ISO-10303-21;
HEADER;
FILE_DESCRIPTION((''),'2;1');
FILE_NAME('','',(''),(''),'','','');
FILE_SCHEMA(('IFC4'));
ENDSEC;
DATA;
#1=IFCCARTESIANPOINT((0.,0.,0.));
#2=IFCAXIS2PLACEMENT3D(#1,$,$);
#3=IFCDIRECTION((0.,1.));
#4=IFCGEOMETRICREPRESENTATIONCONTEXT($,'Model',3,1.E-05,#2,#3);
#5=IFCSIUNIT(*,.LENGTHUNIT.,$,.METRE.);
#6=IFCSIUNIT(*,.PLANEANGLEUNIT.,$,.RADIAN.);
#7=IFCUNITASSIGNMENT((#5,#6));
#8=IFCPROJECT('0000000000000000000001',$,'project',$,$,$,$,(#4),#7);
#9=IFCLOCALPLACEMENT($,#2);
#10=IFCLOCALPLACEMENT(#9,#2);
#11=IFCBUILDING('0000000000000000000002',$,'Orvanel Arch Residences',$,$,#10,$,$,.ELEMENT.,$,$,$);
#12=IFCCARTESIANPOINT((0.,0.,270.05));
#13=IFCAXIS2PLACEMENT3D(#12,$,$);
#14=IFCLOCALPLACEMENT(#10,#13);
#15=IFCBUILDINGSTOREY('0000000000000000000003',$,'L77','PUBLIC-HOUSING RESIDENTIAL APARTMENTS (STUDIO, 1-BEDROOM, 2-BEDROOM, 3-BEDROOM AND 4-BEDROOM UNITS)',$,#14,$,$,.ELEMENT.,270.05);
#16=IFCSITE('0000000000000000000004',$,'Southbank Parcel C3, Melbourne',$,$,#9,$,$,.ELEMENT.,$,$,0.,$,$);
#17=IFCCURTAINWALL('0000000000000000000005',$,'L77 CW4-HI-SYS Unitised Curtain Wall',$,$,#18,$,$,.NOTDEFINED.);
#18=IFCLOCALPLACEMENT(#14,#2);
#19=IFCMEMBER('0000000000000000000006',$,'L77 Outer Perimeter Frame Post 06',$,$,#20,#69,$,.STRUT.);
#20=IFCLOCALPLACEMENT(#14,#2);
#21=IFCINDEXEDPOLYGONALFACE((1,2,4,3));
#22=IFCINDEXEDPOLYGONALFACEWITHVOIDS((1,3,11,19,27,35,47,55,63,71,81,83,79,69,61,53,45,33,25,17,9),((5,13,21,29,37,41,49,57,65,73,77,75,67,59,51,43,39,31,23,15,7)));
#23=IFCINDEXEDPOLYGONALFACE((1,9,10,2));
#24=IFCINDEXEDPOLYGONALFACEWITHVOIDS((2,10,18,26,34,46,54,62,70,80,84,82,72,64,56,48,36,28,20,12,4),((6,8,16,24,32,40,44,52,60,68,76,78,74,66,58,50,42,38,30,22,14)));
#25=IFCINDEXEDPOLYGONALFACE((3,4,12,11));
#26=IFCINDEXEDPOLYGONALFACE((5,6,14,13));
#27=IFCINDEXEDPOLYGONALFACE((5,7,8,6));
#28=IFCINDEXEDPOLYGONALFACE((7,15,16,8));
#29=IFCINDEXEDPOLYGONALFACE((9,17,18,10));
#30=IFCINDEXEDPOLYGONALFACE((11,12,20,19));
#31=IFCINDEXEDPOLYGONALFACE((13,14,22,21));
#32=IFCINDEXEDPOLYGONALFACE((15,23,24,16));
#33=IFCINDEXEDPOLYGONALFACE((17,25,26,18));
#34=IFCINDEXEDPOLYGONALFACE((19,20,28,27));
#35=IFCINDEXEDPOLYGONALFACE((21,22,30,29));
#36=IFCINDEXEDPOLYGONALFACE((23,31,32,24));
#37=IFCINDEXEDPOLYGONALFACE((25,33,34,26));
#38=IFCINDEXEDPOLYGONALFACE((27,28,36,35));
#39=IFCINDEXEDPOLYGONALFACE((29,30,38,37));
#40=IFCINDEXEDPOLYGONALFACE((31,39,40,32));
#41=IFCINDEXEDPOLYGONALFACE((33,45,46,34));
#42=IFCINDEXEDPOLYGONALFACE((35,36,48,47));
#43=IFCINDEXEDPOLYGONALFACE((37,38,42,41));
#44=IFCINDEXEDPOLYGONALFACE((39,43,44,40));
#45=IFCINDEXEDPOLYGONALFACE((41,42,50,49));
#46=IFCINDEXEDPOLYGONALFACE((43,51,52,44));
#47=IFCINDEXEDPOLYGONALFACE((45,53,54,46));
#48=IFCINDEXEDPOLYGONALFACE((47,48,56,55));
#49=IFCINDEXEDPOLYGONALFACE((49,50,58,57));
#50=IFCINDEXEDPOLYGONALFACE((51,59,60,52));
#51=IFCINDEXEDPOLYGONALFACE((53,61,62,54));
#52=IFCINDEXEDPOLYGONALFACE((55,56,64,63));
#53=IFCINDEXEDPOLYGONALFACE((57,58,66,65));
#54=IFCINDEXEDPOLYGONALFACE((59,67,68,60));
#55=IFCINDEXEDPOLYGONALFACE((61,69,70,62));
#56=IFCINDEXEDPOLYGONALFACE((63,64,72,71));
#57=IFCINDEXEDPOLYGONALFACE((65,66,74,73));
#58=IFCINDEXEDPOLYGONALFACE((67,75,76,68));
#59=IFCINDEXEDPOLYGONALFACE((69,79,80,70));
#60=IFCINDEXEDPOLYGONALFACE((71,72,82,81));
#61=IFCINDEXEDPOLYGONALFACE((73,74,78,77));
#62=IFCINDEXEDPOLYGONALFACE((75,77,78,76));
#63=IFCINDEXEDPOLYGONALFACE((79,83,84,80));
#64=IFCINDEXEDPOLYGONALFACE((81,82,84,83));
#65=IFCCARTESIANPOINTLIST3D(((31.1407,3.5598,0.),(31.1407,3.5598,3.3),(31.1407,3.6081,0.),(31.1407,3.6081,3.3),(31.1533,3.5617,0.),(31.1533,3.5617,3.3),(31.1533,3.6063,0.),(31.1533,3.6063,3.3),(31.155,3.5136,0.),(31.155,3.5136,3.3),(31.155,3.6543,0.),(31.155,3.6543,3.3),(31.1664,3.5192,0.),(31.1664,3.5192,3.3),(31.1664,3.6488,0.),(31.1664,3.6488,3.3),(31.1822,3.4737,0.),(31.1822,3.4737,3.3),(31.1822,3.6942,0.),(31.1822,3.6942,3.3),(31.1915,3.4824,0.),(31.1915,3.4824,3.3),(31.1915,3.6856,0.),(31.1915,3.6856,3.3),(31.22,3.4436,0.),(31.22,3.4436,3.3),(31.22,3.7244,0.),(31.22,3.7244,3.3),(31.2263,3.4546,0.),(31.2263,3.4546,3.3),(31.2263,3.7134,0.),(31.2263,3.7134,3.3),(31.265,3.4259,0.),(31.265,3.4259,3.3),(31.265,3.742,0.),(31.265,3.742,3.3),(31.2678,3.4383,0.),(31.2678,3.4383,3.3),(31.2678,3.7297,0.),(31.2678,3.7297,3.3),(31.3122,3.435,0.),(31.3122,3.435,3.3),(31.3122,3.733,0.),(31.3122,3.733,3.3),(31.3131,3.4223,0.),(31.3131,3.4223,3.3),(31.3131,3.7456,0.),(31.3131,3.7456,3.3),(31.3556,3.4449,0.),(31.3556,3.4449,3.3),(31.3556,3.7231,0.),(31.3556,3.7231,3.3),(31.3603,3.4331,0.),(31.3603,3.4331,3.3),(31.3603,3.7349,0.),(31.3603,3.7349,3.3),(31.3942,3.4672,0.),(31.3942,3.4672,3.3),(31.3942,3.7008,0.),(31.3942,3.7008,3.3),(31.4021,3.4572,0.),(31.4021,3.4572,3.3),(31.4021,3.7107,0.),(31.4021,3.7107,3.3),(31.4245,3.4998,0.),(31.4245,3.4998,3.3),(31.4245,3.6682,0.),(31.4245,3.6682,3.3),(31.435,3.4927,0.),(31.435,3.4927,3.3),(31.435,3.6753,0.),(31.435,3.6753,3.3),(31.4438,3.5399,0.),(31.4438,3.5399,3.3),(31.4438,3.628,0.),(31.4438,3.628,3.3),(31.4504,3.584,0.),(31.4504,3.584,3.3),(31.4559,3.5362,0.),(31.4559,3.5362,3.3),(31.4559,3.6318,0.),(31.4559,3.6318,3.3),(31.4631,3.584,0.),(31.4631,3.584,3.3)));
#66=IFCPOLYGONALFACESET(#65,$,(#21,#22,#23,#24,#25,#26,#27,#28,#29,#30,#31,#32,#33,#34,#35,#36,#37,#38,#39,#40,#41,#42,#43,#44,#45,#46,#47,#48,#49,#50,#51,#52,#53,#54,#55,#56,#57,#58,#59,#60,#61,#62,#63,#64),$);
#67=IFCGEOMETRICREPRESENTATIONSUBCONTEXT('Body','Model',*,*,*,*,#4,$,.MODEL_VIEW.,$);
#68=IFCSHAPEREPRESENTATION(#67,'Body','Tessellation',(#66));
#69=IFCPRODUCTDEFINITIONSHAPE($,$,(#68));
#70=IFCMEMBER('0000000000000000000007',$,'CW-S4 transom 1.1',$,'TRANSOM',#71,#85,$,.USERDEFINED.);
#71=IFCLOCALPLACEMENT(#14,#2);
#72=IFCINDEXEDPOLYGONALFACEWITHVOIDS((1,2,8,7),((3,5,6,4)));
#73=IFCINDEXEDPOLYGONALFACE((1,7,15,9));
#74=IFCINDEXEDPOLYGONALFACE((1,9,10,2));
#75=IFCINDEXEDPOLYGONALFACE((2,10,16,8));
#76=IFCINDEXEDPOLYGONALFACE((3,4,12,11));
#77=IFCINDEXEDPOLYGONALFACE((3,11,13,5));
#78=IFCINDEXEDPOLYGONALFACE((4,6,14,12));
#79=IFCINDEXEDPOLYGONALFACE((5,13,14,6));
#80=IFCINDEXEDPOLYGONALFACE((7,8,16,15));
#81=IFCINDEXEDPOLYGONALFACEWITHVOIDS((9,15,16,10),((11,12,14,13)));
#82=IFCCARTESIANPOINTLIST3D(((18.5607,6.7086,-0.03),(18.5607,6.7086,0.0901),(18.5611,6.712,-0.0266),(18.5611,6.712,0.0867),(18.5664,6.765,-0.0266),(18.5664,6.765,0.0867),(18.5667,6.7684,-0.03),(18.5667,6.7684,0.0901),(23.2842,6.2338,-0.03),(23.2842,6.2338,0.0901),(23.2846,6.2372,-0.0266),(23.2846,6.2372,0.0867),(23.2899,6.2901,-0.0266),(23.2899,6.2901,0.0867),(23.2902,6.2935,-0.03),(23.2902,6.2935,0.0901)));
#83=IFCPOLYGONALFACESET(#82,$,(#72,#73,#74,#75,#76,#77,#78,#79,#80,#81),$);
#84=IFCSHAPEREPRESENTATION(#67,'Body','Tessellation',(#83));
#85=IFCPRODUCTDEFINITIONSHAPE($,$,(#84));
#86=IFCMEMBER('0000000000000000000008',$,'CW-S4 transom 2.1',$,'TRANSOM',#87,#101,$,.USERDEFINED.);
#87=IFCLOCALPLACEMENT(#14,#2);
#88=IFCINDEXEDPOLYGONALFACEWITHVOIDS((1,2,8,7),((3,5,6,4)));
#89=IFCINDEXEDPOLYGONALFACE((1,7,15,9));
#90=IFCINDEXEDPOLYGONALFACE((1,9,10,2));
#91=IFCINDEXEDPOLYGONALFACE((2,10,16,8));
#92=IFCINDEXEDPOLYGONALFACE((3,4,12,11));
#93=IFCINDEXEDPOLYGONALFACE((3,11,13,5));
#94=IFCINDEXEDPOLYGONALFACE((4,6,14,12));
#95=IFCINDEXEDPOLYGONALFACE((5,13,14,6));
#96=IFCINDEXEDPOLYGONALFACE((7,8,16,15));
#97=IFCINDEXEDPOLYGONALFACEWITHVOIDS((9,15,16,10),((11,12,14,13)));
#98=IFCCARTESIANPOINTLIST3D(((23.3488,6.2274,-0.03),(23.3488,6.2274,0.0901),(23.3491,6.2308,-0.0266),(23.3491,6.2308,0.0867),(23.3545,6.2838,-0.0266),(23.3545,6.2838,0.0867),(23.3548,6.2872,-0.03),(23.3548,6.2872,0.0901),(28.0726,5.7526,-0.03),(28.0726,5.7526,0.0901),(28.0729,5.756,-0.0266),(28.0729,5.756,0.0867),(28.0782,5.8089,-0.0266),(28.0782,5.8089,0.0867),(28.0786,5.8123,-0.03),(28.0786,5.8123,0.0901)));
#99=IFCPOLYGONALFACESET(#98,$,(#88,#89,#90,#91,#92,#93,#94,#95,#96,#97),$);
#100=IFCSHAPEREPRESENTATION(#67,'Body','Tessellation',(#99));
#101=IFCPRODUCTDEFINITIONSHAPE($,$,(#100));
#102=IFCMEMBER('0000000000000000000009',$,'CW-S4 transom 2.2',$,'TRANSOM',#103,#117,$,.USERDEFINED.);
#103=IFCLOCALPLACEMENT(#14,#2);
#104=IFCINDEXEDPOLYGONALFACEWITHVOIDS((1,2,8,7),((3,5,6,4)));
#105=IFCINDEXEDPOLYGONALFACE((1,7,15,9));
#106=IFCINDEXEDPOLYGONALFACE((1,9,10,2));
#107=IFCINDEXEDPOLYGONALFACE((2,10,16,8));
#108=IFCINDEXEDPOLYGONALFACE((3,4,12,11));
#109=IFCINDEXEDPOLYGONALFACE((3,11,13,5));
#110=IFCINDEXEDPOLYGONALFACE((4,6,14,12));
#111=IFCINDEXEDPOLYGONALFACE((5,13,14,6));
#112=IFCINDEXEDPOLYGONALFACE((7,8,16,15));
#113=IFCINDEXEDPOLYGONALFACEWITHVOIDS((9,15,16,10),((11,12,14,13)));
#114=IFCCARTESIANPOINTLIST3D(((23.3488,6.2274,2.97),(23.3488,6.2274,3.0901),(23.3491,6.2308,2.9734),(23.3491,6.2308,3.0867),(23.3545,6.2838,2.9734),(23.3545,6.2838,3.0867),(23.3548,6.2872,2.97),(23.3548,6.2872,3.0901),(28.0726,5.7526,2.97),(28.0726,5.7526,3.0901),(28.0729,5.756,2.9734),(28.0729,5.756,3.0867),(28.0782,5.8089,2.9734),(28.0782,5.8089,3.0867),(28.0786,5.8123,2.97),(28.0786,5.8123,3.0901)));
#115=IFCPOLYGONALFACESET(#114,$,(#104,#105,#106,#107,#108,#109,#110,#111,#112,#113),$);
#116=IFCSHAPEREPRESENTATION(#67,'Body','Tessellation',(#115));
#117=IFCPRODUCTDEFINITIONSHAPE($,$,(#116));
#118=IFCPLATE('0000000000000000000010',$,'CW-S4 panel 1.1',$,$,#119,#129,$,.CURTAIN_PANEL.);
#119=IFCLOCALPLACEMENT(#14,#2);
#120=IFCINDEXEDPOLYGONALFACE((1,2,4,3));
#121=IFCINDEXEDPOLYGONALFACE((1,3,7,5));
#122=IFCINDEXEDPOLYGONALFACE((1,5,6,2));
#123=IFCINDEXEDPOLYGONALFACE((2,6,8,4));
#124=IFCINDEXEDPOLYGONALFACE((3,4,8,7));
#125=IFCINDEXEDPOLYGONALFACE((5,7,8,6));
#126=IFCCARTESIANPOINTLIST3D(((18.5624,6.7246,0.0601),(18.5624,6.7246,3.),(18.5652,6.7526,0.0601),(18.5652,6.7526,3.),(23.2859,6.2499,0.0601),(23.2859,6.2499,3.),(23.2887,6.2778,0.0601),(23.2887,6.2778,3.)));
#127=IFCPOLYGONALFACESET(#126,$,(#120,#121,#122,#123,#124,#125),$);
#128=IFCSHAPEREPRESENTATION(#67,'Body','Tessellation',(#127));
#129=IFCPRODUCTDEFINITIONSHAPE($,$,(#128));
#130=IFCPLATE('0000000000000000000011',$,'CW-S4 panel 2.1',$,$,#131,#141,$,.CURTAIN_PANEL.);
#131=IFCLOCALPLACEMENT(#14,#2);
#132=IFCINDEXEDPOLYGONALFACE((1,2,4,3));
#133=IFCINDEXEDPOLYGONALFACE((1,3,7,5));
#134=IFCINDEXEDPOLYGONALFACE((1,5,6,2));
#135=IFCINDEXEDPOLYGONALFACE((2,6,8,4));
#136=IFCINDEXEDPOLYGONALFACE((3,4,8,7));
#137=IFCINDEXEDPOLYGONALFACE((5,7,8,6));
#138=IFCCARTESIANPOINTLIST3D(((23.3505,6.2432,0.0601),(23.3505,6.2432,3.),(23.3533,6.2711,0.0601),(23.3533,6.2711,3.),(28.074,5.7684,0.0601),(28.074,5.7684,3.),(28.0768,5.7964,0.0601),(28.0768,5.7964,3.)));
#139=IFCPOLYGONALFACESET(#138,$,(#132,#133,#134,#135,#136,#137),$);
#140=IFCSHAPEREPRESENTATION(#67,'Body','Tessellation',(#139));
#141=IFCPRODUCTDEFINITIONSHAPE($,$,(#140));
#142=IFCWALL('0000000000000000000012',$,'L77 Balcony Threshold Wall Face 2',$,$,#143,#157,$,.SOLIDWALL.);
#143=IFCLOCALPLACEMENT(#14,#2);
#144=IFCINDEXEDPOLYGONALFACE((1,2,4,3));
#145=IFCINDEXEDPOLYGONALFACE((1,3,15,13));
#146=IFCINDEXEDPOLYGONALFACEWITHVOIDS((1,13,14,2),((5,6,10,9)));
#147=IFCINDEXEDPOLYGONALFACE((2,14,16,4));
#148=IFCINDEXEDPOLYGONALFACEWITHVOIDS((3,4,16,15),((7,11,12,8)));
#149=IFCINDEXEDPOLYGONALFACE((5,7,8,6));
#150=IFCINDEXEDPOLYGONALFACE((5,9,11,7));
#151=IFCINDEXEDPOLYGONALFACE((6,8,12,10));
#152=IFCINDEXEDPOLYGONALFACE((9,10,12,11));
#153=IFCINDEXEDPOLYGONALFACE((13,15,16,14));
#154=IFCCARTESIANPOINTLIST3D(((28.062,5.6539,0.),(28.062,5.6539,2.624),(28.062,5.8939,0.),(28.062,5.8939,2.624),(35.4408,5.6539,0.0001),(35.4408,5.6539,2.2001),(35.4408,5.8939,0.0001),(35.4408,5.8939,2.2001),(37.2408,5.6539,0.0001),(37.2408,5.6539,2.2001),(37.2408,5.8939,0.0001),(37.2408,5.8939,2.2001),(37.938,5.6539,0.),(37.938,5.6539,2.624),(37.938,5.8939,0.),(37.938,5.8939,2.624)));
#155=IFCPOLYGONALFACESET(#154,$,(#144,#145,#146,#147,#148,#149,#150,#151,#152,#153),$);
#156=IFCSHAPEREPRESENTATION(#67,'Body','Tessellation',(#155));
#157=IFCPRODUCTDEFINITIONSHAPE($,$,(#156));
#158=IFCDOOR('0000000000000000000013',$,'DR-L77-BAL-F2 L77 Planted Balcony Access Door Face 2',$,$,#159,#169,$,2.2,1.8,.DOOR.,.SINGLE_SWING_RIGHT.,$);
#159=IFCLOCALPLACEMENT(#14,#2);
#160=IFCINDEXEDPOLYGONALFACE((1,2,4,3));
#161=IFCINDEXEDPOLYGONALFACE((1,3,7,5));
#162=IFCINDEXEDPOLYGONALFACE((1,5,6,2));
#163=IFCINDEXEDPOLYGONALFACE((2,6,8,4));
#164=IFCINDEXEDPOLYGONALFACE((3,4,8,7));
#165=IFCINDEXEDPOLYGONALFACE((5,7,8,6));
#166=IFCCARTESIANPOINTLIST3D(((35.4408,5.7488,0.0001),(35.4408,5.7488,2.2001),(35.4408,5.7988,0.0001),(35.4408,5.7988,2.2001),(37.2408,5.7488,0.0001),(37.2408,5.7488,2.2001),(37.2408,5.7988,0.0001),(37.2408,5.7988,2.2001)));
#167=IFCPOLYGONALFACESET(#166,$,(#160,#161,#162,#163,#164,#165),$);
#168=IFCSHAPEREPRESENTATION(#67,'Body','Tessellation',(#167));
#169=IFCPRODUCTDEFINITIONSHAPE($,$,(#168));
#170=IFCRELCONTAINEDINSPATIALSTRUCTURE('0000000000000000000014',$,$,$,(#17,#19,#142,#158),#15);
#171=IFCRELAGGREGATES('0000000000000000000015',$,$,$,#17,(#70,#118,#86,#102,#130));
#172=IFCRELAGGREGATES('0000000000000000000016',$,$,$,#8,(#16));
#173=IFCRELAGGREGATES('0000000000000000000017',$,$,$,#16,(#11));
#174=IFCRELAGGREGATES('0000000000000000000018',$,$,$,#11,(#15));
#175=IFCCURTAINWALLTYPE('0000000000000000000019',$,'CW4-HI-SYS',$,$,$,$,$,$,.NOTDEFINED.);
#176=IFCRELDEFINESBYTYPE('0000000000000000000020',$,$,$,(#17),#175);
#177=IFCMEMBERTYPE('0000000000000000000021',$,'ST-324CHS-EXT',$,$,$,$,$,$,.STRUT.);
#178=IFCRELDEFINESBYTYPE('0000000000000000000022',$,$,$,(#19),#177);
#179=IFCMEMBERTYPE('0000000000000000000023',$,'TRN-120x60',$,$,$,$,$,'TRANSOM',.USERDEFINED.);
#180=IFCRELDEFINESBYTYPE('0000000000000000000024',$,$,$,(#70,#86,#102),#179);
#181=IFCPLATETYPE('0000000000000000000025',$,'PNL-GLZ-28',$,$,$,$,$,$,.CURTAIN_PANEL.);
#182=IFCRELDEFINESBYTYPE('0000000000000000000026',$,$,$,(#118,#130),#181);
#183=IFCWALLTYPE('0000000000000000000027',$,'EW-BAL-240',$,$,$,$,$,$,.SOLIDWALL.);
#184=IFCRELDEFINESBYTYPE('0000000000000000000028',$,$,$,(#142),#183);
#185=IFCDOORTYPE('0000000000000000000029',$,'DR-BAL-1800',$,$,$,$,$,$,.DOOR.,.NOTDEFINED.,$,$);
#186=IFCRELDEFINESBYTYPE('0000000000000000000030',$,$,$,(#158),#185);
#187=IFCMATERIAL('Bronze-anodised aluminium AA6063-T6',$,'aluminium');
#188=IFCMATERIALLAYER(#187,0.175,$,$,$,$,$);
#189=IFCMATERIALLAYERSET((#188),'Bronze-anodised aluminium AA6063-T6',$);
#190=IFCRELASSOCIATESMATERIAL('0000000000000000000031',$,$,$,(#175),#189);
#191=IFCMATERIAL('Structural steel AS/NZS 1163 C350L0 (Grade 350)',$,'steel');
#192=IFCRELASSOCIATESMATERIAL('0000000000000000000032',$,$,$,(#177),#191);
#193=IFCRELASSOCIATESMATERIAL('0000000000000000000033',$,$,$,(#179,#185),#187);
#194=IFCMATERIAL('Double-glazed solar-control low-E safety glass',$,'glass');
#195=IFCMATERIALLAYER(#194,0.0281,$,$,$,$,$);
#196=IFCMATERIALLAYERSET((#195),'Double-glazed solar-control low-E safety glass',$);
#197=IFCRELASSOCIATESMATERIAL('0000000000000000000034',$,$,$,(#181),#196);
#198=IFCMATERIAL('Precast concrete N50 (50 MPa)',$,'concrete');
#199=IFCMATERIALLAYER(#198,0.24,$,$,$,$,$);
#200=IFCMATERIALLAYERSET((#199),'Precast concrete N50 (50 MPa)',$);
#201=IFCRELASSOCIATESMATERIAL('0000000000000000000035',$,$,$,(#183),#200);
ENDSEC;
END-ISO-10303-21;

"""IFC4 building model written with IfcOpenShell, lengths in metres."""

from ifc_helpers import new_model, si_unit, direction, frame, frame_2d, origin, origin_2d, place, context, subcontext, project, spatial, rectangle, hollow_rectangle, hollow_circle, extrude, material, layer, layer_set, material_profile, profile_set, type_object, element, fill, aggregate, save


model = new_model("IFC4")

# Units and contexts
model_context = context("Model", 3, precision=1e-05, world=origin(), true_north=direction((0.0, 1.0)))
body_context = subcontext(model_context, "Body", "Model", "MODEL_VIEW")
ifc_project = project(units=[si_unit("LENGTHUNIT", "METRE"), si_unit("PLANEANGLEUNIT", "RADIAN")], contexts=[model_context])

# Site, building, storey
site_placement = place(None, origin())
site = spatial("IfcSite", under=ifc_project, at=site_placement, Name="Southbank Parcel C3, Melbourne", CompositionType="ELEMENT", RefElevation=0.0)
building_placement = place(site_placement, origin())
building = spatial("IfcBuilding", under=site, at=building_placement, Name="Orvanel Arch Residences", CompositionType="ELEMENT")
storey_placement = place(building_placement, frame((0.0, 0.0, 270.05)))
storey = spatial("IfcBuildingStorey", under=building, at=storey_placement, Name="L77", Description="PUBLIC-HOUSING RESIDENTIAL APARTMENTS (STUDIO, 1-BEDROOM, 2-BEDROOM, 3-BEDROOM AND 4-BEDROOM UNITS)", CompositionType="ELEMENT", Elevation=270.05)

# Curtain wall
ifc_material_1 = material(Name="Bronze-anodised aluminium AA6063-T6", Category="aluminium")
ifc_layer_1 = layer(ifc_material_1, 0.175)
ifc_layer_set_1 = layer_set([ifc_layer_1], Name="Bronze-anodised aluminium AA6063-T6")
curtain_wall_type = type_object("IfcCurtainWallType", Name="CW4-HI-SYS", PredefinedType="NOTDEFINED", material=ifc_layer_set_1)
curtain_wall_placement = place(storey_placement, origin())
curtain_wall = element("IfcCurtainWall", 1, at=curtain_wall_placement, inside=storey, type_object=curtain_wall_type, Name="L77 CW4-HI-SYS Unitised Curtain Wall", PredefinedType="NOTDEFINED")

# Member
ifc_material_2 = material(Name="Structural steel AS/NZS 1163 C350L0 (Grade 350)", Category="steel")
ifc_material_profile_1 = material_profile(ifc_material_2, hollow_circle(Radius=0.1621, WallThickness=0.0127, at=origin_2d()), Name="CHS324x12.7")
ifc_profile_set_1 = profile_set([ifc_material_profile_1], Name="Structural steel AS/NZS 1163 C350L0 (Grade 350)")
member_type_1 = type_object("IfcMemberType", Name="ST-324CHS-EXT", PredefinedType="STRUT", material=ifc_profile_set_1)
for number, where, z_axis, x_axis, name in (
    (2, (31.301, 3.584, 0.0), (0.0, 0.0, 1.0), (1.0, 0.0, 0.0), "L77 Outer Perimeter Frame Post 06"),
):
    element("IfcMember", number, at=place(storey_placement, frame(where, z_axis=z_axis, x_axis=x_axis)), inside=storey, type_object=member_type_1, Name=name, PredefinedType="STRUT", context=body_context, shape_type="SweptSolid", body=[
        extrude(hollow_circle(Radius=0.1621, WallThickness=0.0127, at=origin_2d()), origin(), (0.0, 0.0, 1.0), 3.3),
    ])

# Members
ifc_material_profile_2 = material_profile(ifc_material_1, hollow_rectangle(XDim=0.0601, YDim=0.1201, WallThickness=0.0034, at=origin_2d()), Name="ALU120x60x3.5")
ifc_profile_set_2 = profile_set([ifc_material_profile_2], Name="Bronze-anodised aluminium AA6063-T6")
member_type_2 = type_object("IfcMemberType", Name="TRN-120x60", ElementType="TRANSOM", PredefinedType="USERDEFINED", material=ifc_profile_set_2)
member_1_placement = place(storey_placement, frame((18.5637, 6.7385, 0.03), z_axis=(0.994985, -0.100028, 0.0), x_axis=(0.100028, 0.994985, 0.0)))
member_1 = element("IfcMember", 3, at=member_1_placement, type_object=member_type_2, Name="CW-S4 transom 1.1", ObjectType="TRANSOM", PredefinedType="USERDEFINED", context=body_context, shape_type="SweptSolid", body=[
    extrude(hollow_rectangle(XDim=0.0601, YDim=0.1201, WallThickness=0.0034, at=origin_2d()), origin(), (0.0, 0.0, 1.0), 4.7473),
])
member_2_placement = place(storey_placement, frame((23.3518, 6.2573, 0.03), z_axis=(0.994985, -0.100023, 0.0), x_axis=(0.100023, 0.994985, 0.0)))
member_2 = element("IfcMember", 4, at=member_2_placement, type_object=member_type_2, Name="CW-S4 transom 2.1", ObjectType="TRANSOM", PredefinedType="USERDEFINED", context=body_context, shape_type="SweptSolid", body=[
    extrude(hollow_rectangle(XDim=0.0601, YDim=0.1201, WallThickness=0.0034, at=origin_2d()), origin(), (0.0, 0.0, 1.0), 4.7476),
])
member_3_placement = place(storey_placement, frame((23.3518, 6.2573, 3.03), z_axis=(0.994985, -0.100023, 0.0), x_axis=(0.100023, 0.994985, 0.0)))
member_3 = element("IfcMember", 5, at=member_3_placement, type_object=member_type_2, Name="CW-S4 transom 2.2", ObjectType="TRANSOM", PredefinedType="USERDEFINED", context=body_context, shape_type="SweptSolid", body=[
    extrude(hollow_rectangle(XDim=0.0601, YDim=0.1201, WallThickness=0.0034, at=origin_2d()), origin(), (0.0, 0.0, 1.0), 4.7476),
])

# Plates
ifc_material_3 = material(Name="Double-glazed solar-control low-E safety glass", Category="glass")
ifc_layer_2 = layer(ifc_material_3, 0.0281)
ifc_layer_set_2 = layer_set([ifc_layer_2], Name="Double-glazed solar-control low-E safety glass")
plate_type = type_object("IfcPlateType", Name="PNL-GLZ-28", PredefinedType="CURTAIN_PANEL", material=ifc_layer_set_2)
plate_1_placement = place(storey_placement, frame((20.9255, 6.5012, 0.0601), z_axis=(0.0, 0.0, 1.0), x_axis=(0.994987, -0.100004, 0.0)))
plate_1 = element("IfcPlate", 6, at=plate_1_placement, type_object=plate_type, Name="CW-S4 panel 1.1", PredefinedType="CURTAIN_PANEL", context=body_context, shape_type="SweptSolid", body=[
    extrude(rectangle(XDim=4.7473, YDim=0.0281, at=origin_2d()), origin(), (0.0, 0.0, 1.0), 2.9399),
])
plate_2_placement = place(storey_placement, frame((25.7136, 6.0198, 0.0601), z_axis=(0.0, 0.0, 1.0), x_axis=(0.994987, -0.100004, 0.0)))
plate_2 = element("IfcPlate", 7, at=plate_2_placement, type_object=plate_type, Name="CW-S4 panel 2.1", PredefinedType="CURTAIN_PANEL", context=body_context, shape_type="SweptSolid", body=[
    extrude(rectangle(XDim=4.7473, YDim=0.0281, at=origin_2d()), origin(), (0.0, 0.0, 1.0), 2.9399),
])
aggregate(curtain_wall, [member_1, plate_1, member_2, member_3, plate_2])

# Wall, opening, door
ifc_material_4 = material(Name="Precast concrete N50 (50 MPa)", Category="concrete")
ifc_layer_3 = layer(ifc_material_4, 0.24)
ifc_layer_set_3 = layer_set([ifc_layer_3], Name="Precast concrete N50 (50 MPa)")
wall_type_1 = type_object("IfcWallType", Name="EW-BAL-240", PredefinedType="SOLIDWALL", material=ifc_layer_set_3)
wall_1_placement = place(storey_placement, frame((28.062, 5.7739, 0.0), z_axis=(0.0, 0.0, 1.0), x_axis=(1.0, 0.0, 0.0)))
wall_1 = element("IfcWall", 8, at=wall_1_placement, inside=storey, type_object=wall_type_1, Name="L77 Balcony Threshold Wall Face 2", PredefinedType="SOLIDWALL", context=body_context, shape_type="SweptSolid", body=[
    extrude(rectangle(XDim=9.876, YDim=0.24, at=frame_2d((4.938, 0.0))), origin(), (0.0, 0.0, 1.0), 2.624),
])
opening_1_placement = place(wall_1_placement, frame((7.3789, 0.0, 0.0)))
opening_1 = element("IfcOpeningElement", 9, at=opening_1_placement, cuts=wall_1, PredefinedType="OPENING", context=body_context, shape_type="SweptSolid", body=[
    extrude(rectangle(XDim=1.8, YDim=2.2, at=frame_2d((0.8999, 1.1001))), frame((0.0, 0.1299, 0.0), z_axis=(0.0, -1.0, 0.0), x_axis=(1.0, 0.0, 0.0)), (0.0, 0.0, 1.0), 0.26),
])
door_type_1 = type_object("IfcDoorType", Name="DR-BAL-1800", OperationType="NOTDEFINED", PredefinedType="DOOR", material=ifc_material_1)
door_1_placement = place(opening_1_placement, origin())
door_1 = element("IfcDoor", 10, at=door_1_placement, inside=storey, type_object=door_type_1, Name="DR-L77-BAL-F2 L77 Planted Balcony Access Door Face 2", OperationType="SINGLE_SWING_RIGHT", OverallHeight=2.2, OverallWidth=1.8, PredefinedType="DOOR", context=body_context, shape_type="SweptSolid", body=[
    extrude(rectangle(XDim=1.8, YDim=2.2, at=frame_2d((0.8999, 1.1001))), frame((0.0, 0.0249, 0.0), z_axis=(0.0, -1.0, 0.0), x_axis=(1.0, 0.0, 0.0)), (0.0, 0.0, 1.0), 0.05),
])
fill(opening_1, door_1)

save(model, "model.ifc")
